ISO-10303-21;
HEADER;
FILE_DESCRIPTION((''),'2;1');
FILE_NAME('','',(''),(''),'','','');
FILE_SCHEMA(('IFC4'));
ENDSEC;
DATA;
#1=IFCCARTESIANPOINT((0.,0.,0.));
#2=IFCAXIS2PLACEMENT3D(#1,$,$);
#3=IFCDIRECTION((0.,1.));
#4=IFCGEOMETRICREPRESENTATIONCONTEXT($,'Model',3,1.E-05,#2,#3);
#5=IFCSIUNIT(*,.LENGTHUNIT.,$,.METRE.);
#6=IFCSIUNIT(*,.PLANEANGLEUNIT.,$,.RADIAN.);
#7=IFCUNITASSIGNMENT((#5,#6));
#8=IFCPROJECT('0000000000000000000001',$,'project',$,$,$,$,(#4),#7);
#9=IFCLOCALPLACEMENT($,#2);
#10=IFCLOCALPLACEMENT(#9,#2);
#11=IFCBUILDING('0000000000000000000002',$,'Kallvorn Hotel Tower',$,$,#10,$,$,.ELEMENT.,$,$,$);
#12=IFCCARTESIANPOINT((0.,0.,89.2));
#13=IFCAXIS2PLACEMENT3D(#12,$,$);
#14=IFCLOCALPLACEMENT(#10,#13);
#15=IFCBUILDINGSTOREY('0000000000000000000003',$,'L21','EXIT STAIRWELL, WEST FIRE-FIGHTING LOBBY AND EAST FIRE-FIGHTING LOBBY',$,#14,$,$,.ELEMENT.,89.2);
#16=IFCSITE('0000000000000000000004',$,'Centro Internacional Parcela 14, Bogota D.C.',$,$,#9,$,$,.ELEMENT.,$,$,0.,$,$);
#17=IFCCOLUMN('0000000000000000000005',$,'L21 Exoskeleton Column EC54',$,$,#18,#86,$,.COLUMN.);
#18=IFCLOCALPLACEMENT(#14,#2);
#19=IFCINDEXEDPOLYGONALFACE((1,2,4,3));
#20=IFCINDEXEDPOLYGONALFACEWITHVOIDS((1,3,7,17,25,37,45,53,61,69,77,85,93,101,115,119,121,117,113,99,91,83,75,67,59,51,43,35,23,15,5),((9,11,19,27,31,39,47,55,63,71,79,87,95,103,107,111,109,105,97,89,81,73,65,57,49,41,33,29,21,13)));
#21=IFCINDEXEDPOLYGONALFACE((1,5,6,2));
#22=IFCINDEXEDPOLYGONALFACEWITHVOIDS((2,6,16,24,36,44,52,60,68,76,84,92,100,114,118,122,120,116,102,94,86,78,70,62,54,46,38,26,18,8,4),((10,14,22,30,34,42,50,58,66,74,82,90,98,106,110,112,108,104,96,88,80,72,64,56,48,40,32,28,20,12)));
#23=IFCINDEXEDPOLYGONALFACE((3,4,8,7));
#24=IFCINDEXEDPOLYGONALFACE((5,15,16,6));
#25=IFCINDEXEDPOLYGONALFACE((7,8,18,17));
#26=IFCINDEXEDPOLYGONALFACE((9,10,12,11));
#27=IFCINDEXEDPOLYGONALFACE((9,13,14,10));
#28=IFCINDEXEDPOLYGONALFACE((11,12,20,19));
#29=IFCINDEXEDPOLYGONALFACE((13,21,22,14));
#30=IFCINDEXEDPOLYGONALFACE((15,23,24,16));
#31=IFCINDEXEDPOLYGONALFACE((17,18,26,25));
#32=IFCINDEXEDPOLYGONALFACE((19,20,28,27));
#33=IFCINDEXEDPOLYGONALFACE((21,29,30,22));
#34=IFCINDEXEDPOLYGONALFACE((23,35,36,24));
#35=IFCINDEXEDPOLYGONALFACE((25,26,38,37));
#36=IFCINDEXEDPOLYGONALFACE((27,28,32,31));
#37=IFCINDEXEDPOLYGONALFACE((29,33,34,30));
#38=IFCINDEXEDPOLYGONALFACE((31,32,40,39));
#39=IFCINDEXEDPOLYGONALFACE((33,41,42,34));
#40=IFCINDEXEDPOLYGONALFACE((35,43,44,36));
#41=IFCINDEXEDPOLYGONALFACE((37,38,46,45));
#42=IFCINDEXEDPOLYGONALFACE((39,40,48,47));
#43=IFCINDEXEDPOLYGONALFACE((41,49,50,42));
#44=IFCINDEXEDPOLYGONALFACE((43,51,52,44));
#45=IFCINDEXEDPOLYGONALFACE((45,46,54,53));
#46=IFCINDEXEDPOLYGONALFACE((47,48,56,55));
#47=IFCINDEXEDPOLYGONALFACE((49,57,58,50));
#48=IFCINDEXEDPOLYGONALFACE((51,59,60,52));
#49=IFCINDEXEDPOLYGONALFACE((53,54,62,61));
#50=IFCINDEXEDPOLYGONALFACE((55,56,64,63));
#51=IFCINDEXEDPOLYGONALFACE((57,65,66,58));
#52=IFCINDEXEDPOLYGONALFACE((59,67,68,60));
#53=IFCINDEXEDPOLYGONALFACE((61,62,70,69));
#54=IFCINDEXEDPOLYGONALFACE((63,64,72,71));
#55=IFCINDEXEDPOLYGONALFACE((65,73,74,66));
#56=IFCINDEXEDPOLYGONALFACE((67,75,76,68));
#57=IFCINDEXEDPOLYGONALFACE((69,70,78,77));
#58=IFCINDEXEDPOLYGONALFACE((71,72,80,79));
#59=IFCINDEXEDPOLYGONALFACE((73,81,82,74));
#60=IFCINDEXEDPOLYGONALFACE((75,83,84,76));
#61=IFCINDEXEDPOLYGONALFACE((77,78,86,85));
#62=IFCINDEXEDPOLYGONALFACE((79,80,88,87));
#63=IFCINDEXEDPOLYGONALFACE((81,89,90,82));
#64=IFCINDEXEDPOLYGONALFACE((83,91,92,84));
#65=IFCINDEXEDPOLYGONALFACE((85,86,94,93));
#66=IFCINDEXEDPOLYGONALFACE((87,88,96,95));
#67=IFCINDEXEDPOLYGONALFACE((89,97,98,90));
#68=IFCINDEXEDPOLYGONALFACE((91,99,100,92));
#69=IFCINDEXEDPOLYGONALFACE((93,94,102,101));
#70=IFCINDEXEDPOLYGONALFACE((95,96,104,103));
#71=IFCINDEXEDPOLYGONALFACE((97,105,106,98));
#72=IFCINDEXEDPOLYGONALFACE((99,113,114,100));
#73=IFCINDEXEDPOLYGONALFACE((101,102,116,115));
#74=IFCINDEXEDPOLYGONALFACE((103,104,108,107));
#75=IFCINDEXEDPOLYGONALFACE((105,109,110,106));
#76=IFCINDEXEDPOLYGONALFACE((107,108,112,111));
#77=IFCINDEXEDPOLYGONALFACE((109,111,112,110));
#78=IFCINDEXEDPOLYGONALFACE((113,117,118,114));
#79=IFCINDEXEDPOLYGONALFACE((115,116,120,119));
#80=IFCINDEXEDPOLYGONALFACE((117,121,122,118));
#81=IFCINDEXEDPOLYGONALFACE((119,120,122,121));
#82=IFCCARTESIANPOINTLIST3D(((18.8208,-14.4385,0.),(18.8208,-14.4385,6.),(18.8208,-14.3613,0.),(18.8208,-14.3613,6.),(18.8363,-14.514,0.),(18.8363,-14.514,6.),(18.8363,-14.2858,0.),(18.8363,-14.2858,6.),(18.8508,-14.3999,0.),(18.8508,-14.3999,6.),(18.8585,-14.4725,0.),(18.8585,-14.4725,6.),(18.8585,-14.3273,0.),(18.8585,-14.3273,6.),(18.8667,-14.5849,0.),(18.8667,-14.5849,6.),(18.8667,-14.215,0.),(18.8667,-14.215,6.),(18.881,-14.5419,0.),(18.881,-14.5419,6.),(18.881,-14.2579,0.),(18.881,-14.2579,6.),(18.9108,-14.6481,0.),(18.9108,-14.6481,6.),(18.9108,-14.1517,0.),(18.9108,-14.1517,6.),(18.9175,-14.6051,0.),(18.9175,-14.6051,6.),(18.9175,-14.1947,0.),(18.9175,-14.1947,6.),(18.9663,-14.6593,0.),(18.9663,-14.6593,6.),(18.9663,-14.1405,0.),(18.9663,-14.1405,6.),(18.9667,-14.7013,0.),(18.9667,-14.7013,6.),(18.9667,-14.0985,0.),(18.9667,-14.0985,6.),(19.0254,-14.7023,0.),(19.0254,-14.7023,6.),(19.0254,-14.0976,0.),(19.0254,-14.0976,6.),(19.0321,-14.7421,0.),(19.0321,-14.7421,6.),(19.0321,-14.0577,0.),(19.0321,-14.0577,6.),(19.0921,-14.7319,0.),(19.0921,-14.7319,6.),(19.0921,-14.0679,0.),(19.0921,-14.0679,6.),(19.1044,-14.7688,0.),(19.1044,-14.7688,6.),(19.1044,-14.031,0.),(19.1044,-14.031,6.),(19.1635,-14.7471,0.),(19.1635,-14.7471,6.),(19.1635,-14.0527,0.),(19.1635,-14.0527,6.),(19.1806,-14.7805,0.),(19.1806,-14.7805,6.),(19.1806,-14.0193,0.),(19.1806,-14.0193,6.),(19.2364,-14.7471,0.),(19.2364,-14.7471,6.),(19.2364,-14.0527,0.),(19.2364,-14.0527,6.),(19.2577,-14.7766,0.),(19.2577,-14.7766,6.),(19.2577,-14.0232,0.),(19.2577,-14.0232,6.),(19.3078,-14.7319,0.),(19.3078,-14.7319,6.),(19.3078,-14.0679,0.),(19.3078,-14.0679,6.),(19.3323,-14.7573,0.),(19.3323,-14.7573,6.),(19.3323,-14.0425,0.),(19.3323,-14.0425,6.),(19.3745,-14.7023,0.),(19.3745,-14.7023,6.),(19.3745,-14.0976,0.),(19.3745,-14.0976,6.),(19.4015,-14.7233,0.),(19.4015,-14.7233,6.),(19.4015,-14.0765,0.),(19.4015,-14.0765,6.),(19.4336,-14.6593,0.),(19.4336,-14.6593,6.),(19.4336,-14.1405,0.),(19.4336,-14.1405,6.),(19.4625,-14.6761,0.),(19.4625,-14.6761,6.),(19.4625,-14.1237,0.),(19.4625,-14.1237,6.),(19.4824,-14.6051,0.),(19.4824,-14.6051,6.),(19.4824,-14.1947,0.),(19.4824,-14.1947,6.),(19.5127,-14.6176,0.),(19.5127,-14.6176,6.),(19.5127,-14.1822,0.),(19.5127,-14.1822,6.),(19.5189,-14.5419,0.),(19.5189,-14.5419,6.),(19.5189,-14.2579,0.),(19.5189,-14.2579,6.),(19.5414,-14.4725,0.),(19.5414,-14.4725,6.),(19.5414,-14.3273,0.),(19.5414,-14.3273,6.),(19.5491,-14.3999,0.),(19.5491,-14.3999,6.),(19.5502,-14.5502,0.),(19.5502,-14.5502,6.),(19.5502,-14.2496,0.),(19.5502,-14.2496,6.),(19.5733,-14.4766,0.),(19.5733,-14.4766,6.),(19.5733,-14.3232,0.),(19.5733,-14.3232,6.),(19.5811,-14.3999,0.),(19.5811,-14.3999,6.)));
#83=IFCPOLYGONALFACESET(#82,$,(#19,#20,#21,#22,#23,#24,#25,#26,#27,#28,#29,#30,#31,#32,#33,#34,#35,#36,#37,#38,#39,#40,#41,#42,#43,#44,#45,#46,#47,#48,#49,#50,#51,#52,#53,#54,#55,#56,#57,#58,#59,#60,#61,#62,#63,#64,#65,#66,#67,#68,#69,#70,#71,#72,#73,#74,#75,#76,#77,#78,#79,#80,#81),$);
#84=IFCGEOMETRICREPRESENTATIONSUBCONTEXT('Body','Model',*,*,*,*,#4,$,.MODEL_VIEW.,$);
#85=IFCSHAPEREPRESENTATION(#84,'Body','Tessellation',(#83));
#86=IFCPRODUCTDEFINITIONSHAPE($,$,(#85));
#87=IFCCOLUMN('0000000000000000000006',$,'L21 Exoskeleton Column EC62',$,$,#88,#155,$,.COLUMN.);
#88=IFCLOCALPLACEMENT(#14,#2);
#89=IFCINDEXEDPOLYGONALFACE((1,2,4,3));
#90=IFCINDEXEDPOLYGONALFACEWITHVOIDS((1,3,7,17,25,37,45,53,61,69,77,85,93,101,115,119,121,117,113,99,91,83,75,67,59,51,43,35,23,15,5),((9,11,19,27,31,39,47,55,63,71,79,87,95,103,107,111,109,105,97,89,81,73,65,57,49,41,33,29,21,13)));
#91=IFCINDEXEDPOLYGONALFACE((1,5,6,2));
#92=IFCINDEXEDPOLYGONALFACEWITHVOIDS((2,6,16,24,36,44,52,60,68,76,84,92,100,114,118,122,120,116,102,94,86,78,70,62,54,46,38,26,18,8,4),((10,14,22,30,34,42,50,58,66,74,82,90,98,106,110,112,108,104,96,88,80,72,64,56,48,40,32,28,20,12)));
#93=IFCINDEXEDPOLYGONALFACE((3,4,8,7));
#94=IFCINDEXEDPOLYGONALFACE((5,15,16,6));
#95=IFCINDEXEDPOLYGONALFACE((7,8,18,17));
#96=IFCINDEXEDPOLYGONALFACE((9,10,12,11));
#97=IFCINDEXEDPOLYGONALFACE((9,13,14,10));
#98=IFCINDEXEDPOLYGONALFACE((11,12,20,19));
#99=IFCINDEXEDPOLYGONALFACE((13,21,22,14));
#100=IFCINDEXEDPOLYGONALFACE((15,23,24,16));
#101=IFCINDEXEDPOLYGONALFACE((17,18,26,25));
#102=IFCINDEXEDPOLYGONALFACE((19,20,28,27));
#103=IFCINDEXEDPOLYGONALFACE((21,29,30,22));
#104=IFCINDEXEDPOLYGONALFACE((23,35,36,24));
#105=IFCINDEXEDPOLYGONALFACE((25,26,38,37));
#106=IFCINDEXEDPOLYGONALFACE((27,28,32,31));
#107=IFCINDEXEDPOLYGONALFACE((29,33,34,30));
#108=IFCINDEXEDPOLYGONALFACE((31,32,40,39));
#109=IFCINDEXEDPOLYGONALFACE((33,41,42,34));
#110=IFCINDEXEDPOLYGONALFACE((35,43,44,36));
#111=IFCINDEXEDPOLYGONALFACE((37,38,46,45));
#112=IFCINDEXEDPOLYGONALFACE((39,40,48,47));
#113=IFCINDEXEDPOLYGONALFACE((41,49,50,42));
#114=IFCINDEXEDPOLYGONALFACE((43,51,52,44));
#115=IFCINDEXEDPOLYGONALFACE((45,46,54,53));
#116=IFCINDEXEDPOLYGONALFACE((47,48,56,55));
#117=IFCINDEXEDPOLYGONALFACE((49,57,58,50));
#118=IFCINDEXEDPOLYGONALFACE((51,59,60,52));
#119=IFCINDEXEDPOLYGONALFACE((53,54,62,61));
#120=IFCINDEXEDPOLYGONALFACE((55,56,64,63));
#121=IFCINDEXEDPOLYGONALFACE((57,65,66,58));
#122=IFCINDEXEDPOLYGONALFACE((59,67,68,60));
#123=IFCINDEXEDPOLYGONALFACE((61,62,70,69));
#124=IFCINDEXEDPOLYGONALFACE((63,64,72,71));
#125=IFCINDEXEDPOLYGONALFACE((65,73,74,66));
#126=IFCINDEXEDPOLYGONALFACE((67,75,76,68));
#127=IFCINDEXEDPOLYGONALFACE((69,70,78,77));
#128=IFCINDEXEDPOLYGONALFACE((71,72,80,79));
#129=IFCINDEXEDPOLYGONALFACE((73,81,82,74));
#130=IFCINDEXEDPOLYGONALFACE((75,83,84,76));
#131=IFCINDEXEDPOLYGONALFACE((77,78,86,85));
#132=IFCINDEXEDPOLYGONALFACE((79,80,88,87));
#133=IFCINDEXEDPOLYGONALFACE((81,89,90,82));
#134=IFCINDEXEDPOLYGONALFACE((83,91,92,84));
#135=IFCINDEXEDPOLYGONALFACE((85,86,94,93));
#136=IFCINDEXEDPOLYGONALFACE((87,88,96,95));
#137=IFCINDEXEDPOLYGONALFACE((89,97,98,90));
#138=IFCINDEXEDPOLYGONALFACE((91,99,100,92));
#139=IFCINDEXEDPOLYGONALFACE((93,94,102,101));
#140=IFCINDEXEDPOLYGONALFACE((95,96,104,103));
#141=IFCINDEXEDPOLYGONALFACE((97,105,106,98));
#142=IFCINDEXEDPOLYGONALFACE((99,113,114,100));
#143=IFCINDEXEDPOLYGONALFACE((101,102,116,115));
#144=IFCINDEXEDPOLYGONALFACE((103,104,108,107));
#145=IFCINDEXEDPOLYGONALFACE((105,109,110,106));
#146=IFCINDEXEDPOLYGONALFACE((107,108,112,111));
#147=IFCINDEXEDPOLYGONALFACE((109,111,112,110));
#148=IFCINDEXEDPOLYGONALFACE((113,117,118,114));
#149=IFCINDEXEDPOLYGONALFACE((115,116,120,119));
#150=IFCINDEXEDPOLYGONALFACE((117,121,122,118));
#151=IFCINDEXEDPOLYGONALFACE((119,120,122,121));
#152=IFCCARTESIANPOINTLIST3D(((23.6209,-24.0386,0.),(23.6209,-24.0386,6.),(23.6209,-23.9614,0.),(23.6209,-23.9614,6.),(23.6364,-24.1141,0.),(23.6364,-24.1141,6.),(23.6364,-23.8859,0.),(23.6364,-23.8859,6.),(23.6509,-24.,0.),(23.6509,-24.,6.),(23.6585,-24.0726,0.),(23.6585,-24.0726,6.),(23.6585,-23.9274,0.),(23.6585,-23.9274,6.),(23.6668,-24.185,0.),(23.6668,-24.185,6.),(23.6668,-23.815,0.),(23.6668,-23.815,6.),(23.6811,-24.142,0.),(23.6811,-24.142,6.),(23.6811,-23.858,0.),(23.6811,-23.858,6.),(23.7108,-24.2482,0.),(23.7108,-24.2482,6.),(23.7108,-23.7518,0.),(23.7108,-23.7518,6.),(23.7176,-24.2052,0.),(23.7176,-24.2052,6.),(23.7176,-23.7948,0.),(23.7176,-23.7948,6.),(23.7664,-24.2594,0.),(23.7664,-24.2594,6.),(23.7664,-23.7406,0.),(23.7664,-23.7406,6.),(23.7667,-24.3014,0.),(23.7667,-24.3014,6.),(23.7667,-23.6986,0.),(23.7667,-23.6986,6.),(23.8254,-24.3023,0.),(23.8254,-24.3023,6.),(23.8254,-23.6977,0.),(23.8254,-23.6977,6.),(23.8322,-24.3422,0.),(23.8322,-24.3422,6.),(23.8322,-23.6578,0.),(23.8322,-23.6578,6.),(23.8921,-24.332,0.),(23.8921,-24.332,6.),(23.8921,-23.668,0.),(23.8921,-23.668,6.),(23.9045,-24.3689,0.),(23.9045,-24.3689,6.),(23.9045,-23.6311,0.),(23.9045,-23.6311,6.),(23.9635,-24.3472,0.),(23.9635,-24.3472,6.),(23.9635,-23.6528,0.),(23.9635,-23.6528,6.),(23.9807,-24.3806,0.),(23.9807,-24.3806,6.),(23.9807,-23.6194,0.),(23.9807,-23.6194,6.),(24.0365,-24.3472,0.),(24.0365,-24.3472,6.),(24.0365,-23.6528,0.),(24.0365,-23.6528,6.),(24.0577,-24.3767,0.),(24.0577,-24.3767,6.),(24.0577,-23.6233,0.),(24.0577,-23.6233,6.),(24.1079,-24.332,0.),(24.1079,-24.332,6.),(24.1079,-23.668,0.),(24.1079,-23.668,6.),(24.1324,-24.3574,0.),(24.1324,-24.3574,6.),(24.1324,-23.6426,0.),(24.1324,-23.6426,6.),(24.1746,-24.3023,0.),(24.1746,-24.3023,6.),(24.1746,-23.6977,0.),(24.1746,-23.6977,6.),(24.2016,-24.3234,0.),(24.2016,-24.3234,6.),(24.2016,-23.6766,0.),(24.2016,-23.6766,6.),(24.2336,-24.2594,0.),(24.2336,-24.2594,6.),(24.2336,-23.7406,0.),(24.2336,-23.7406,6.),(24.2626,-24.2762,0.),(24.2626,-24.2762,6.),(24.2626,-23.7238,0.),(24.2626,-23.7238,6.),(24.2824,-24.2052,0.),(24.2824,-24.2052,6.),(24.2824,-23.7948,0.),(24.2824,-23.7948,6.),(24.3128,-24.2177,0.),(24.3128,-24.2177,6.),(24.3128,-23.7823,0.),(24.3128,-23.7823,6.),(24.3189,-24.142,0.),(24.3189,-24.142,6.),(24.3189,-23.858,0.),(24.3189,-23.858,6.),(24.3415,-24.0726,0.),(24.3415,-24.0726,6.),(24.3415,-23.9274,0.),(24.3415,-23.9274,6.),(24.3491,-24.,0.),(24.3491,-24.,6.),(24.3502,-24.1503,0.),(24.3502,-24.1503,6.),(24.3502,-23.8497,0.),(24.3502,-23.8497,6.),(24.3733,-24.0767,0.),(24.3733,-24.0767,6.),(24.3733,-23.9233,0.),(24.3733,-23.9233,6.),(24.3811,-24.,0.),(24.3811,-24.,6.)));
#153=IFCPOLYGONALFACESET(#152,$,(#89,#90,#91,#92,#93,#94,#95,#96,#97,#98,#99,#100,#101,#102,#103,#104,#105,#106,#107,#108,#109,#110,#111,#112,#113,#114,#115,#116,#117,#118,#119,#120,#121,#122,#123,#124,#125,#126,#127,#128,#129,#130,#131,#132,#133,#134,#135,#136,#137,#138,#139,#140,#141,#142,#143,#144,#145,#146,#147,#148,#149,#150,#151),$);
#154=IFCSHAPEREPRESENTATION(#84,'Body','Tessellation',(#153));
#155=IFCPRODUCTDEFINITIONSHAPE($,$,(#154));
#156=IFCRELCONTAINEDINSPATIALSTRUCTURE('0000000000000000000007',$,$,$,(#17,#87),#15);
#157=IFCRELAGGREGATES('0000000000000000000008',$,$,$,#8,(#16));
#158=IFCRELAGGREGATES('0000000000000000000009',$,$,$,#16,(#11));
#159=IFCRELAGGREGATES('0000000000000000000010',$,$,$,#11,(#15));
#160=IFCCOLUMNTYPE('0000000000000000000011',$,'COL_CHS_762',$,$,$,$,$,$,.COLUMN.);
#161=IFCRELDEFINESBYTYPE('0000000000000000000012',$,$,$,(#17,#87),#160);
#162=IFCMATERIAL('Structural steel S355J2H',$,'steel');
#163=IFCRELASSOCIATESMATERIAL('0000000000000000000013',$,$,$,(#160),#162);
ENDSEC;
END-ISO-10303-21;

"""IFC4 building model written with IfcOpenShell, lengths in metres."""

from ifc_helpers import new_model, si_unit, direction, frame, origin, origin_2d, place, context, subcontext, project, spatial, hollow_circle, extrude, material, material_profile, profile_set, type_object, element, save


model = new_model("IFC4")

# Units and contexts
model_context = context("Model", 3, precision=1e-05, world=origin(), true_north=direction((0.0, 1.0)))
body_context = subcontext(model_context, "Body", "Model", "MODEL_VIEW")
ifc_project = project(units=[si_unit("LENGTHUNIT", "METRE"), si_unit("PLANEANGLEUNIT", "RADIAN")], contexts=[model_context])

# Site, building, storey
site_placement = place(None, origin())
site = spatial("IfcSite", under=ifc_project, at=site_placement, Name="Centro Internacional Parcela 14, Bogota D.C.", CompositionType="ELEMENT", RefElevation=0.0)
building_placement = place(site_placement, origin())
building = spatial("IfcBuilding", under=site, at=building_placement, Name="Kallvorn Hotel Tower", CompositionType="ELEMENT")
storey_placement = place(building_placement, frame((0.0, 0.0, 89.2)))
storey = spatial("IfcBuildingStorey", under=building, at=storey_placement, Name="L21", Description="EXIT STAIRWELL, WEST FIRE-FIGHTING LOBBY AND EAST FIRE-FIGHTING LOBBY", CompositionType="ELEMENT", Elevation=89.2)

# Columns
ifc_material_1 = material(Name="Structural steel S355J2H", Category="steel")
ifc_material_profile_1 = material_profile(ifc_material_1, hollow_circle(Radius=0.3811, WallThickness=0.032, at=origin_2d()), Name="CHS 762x32")
ifc_profile_set_1 = profile_set([ifc_material_profile_1], Name="Structural steel S355J2H")
column_type_1 = type_object("IfcColumnType", Name="COL_CHS_762", PredefinedType="COLUMN", material=ifc_profile_set_1)
for number, where, z_axis, x_axis, name in (
    (1, (19.2, -14.3999, 0.0), (0.0, 0.0, 1.0), (1.0, 0.0, 0.0), "L21 Exoskeleton Column EC54"),
    (2, (24.0, -24.0, 0.0), (0.0, 0.0, 1.0), (1.0, 0.0, 0.0), "L21 Exoskeleton Column EC62"),
):
    element("IfcColumn", number, at=place(storey_placement, frame(where, z_axis=z_axis, x_axis=x_axis)), inside=storey, type_object=column_type_1, Name=name, PredefinedType="COLUMN", context=body_context, shape_type="SweptSolid", body=[
        extrude(hollow_circle(Radius=0.3811, WallThickness=0.032, at=origin_2d()), origin(), (0.0, 0.0, 1.0), 6.0),
    ])

save(model, "model.ifc")
